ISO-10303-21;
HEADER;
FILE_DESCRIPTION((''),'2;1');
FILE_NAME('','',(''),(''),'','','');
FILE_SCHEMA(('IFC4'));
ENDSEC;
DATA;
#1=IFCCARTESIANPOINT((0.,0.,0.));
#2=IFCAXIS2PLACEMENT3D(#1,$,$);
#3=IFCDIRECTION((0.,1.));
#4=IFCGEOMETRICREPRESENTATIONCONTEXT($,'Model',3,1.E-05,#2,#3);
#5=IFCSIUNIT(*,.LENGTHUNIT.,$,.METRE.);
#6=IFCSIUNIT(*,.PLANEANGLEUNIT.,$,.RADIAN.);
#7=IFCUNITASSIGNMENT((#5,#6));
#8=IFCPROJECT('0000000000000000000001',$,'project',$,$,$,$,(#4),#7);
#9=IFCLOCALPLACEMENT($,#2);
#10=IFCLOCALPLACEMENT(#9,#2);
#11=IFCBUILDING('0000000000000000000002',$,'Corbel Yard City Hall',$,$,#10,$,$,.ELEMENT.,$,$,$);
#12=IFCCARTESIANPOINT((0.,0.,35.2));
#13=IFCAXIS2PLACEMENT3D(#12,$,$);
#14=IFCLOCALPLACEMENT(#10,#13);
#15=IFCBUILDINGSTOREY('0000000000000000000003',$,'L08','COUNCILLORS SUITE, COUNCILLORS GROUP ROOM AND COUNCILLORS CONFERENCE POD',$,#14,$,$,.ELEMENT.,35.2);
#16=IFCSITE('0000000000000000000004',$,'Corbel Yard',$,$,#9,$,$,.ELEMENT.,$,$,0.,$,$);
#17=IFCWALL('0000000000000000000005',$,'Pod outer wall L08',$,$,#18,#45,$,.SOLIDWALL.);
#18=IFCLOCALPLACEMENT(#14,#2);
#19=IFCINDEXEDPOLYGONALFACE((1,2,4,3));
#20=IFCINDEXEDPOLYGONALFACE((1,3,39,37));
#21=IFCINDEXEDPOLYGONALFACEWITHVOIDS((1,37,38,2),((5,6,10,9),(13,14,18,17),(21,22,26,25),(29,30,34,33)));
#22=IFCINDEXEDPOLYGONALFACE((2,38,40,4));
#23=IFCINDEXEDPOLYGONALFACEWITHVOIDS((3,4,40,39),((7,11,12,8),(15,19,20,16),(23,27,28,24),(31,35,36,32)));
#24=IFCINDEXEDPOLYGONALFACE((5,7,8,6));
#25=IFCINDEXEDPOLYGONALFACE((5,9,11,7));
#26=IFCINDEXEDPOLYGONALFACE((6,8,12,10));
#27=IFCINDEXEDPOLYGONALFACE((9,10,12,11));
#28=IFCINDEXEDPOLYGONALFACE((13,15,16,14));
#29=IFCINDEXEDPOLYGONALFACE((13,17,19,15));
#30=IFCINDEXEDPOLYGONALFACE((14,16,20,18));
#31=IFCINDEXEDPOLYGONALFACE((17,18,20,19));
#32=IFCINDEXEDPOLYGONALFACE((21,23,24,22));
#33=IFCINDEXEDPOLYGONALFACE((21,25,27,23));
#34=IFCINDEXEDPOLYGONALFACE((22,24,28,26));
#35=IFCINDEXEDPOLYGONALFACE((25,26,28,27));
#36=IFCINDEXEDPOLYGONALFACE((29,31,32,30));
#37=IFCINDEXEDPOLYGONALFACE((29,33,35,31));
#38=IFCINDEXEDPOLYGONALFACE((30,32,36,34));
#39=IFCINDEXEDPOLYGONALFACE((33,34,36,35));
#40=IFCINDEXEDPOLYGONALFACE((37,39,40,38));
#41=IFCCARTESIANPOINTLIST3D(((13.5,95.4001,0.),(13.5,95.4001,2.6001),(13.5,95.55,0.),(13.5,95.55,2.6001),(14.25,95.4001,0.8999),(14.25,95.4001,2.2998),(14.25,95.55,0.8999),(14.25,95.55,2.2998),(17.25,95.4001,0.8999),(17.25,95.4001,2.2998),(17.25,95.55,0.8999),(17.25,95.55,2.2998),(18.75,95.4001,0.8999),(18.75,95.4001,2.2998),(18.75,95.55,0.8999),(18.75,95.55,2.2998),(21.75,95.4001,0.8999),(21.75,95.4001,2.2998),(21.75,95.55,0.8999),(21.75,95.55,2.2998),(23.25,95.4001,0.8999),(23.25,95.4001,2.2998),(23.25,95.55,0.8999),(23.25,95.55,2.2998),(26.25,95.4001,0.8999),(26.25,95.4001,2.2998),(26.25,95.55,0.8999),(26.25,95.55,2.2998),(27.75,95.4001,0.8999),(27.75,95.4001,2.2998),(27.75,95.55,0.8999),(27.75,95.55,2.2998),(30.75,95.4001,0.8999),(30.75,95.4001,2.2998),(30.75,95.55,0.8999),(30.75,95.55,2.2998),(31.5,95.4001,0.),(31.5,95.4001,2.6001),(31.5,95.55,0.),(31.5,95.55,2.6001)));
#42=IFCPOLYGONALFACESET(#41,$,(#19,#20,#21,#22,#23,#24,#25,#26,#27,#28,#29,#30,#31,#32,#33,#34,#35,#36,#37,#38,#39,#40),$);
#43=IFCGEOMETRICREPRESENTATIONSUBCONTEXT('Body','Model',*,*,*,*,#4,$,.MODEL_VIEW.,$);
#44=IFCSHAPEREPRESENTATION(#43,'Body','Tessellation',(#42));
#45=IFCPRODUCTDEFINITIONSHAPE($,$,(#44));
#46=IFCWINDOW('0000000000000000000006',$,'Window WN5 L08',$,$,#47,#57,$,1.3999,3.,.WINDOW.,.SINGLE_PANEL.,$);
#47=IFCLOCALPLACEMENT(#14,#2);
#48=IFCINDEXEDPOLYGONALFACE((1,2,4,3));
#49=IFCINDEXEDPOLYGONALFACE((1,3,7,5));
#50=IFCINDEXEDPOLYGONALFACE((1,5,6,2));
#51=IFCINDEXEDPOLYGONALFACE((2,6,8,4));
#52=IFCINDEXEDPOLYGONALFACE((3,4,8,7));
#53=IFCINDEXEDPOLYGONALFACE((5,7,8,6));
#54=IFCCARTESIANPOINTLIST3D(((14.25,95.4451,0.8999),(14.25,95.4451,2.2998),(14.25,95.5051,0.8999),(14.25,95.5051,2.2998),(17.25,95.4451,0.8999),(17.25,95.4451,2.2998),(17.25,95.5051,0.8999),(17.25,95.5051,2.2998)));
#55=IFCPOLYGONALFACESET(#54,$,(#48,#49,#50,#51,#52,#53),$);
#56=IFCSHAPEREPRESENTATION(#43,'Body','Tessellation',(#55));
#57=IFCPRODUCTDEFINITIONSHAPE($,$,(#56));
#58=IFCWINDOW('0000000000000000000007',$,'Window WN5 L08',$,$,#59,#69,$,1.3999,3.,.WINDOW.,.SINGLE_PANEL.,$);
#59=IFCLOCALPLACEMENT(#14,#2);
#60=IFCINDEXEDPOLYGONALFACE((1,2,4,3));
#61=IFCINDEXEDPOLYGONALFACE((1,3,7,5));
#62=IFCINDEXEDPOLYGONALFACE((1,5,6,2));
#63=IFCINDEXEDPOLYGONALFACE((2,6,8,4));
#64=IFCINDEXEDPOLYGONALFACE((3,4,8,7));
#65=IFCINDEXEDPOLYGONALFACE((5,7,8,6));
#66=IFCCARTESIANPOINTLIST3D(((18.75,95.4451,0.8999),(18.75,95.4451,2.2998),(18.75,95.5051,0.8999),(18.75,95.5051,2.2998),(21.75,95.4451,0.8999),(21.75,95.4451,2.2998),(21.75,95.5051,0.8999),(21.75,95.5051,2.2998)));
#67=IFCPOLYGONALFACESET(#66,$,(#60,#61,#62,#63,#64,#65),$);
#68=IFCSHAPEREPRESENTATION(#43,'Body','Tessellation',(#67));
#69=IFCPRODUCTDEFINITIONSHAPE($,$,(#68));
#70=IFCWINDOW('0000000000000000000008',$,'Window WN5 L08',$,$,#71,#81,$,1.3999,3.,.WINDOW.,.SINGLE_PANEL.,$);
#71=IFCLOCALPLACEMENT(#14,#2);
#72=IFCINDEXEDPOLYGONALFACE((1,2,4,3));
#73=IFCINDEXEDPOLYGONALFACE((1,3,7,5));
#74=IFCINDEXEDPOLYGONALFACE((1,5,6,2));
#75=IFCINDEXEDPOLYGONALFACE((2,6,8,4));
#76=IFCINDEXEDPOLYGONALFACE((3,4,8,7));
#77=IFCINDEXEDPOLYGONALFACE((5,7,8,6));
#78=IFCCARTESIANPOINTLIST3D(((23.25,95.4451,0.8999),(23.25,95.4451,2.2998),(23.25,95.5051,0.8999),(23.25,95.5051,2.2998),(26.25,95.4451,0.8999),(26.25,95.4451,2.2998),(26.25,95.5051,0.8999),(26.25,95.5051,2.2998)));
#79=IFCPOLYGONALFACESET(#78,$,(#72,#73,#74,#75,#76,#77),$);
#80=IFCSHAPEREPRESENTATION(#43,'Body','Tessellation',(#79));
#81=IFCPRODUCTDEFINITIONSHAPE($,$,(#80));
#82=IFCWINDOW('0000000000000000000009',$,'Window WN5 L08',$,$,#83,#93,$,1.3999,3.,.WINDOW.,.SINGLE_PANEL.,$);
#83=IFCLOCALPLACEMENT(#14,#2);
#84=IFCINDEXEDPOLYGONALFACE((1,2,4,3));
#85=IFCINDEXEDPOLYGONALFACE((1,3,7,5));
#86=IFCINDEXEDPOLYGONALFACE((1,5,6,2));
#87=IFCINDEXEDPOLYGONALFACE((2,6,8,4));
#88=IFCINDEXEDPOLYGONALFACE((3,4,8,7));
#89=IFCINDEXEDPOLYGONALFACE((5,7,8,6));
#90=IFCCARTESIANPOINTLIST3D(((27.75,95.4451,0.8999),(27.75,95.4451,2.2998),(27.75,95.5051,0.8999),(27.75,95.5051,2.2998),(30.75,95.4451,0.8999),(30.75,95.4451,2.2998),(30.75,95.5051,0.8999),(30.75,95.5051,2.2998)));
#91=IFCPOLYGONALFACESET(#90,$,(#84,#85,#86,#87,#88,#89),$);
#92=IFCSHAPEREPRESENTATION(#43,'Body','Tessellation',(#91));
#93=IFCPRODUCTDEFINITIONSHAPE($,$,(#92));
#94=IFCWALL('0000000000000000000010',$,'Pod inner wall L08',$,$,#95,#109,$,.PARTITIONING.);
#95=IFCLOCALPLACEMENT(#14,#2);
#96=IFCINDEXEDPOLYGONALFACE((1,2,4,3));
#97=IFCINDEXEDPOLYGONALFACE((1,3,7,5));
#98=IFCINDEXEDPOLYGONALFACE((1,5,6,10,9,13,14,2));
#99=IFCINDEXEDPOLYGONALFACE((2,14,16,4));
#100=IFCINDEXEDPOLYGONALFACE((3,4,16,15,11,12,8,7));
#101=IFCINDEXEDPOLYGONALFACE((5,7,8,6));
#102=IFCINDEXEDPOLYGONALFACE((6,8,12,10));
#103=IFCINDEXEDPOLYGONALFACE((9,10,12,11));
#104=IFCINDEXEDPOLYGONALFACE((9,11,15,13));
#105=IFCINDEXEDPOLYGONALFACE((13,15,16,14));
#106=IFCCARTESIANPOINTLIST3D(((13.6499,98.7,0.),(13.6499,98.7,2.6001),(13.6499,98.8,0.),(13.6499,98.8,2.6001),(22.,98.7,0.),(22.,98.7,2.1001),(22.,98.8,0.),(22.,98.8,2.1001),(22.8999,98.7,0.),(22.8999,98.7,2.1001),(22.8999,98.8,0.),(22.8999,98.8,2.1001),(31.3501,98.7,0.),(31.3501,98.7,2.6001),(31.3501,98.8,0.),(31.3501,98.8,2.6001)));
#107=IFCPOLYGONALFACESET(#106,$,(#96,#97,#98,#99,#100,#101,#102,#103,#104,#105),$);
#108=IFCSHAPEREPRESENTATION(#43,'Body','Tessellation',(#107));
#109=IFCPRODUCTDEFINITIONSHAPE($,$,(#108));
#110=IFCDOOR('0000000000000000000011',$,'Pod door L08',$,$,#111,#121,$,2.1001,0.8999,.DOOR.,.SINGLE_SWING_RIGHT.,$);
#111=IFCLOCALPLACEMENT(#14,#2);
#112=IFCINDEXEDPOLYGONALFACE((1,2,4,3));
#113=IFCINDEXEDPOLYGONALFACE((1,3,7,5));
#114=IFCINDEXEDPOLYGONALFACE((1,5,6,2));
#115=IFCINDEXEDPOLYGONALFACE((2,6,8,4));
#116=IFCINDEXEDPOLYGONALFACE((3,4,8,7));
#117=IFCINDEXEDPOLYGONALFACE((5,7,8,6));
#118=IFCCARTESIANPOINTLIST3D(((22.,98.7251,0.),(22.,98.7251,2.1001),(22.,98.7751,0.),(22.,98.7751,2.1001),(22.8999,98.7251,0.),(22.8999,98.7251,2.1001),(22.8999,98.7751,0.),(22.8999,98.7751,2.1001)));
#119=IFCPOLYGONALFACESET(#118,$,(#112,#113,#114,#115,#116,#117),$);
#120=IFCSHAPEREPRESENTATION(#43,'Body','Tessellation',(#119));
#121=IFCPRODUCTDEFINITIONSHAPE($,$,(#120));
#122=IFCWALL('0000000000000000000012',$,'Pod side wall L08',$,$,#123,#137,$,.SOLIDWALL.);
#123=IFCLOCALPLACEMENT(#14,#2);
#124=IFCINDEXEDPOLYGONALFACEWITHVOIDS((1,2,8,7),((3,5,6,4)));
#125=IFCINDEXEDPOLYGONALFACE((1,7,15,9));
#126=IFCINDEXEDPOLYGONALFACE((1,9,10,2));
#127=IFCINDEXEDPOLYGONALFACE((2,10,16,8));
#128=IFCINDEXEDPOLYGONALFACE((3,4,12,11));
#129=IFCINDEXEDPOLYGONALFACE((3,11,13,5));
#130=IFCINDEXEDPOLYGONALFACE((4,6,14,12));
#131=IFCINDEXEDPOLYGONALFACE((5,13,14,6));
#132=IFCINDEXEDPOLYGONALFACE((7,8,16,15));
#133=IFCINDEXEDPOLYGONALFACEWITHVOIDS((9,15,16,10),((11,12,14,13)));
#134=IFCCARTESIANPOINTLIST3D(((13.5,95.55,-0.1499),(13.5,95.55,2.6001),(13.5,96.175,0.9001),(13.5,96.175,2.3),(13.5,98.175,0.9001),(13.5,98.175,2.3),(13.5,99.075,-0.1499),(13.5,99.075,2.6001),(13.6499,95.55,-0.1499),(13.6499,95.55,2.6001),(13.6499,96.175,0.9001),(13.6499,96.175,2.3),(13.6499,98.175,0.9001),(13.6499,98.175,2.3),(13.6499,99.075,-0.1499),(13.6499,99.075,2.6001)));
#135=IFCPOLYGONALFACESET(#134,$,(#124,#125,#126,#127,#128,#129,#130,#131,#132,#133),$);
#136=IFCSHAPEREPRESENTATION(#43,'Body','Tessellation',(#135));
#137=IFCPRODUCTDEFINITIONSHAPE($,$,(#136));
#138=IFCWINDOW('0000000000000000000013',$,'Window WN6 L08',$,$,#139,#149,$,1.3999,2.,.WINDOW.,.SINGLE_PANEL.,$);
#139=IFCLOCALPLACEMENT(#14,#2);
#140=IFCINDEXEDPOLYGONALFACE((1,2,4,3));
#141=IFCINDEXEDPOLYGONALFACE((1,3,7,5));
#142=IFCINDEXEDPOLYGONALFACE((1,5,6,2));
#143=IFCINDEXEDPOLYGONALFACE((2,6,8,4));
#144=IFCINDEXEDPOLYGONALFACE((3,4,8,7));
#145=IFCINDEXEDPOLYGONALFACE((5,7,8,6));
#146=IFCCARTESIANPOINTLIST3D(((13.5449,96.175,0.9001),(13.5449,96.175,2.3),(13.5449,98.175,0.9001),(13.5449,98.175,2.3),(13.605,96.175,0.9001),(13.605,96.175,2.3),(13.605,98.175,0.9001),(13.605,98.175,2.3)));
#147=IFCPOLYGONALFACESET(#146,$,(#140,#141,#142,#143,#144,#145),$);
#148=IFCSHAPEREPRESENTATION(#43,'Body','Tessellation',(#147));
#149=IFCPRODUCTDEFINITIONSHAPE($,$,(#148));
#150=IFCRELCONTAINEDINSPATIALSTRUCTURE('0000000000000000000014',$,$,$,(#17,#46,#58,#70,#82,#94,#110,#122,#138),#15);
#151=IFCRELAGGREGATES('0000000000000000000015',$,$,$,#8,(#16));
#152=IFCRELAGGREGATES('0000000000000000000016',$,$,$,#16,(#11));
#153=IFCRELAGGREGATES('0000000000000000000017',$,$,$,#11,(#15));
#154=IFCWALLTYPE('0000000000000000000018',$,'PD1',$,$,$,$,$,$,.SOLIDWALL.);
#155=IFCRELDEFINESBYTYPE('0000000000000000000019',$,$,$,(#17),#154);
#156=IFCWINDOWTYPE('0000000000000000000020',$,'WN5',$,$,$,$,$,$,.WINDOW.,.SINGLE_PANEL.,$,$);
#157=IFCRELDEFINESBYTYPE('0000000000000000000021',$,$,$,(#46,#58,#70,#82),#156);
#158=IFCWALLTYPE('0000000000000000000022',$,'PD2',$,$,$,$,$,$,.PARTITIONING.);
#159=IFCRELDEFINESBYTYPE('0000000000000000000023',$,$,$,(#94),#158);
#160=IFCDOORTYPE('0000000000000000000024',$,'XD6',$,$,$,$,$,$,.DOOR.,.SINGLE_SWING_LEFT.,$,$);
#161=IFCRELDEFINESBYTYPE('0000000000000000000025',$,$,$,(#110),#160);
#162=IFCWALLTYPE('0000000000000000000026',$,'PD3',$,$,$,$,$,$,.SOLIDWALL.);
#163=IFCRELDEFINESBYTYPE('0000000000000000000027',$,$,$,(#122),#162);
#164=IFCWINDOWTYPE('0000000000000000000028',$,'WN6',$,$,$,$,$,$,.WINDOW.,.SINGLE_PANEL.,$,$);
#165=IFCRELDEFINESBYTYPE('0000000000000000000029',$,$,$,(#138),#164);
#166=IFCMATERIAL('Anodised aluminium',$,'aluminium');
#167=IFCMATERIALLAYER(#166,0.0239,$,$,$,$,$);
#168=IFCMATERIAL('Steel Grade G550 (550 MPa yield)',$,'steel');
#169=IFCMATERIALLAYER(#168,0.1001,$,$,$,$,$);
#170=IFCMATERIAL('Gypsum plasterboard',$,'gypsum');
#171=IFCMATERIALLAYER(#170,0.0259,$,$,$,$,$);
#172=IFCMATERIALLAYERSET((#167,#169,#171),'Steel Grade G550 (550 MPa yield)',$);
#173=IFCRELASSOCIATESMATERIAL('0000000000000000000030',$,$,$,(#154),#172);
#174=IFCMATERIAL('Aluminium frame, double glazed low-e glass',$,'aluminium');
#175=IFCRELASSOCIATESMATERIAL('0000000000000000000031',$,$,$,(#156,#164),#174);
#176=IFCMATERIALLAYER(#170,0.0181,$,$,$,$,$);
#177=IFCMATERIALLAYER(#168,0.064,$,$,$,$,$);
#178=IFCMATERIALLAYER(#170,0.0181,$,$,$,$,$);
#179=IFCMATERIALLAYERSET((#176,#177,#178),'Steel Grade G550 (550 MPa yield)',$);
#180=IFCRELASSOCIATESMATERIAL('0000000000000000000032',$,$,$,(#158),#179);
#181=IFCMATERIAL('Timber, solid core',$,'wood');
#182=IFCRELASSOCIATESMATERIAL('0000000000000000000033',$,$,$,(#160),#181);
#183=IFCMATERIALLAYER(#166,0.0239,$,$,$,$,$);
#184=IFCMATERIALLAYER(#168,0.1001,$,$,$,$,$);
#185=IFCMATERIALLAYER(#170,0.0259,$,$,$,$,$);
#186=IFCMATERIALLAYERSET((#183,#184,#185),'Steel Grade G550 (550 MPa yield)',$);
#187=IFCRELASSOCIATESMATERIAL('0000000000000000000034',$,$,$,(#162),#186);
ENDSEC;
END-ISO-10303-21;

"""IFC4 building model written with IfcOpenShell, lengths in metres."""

from ifc_helpers import new_model, si_unit, direction, frame, frame_2d, origin, place, context, subcontext, project, spatial, rectangle, extrude, material, layer, layer_set, type_object, element, fill, save


model = new_model("IFC4")

# Units and contexts
model_context = context("Model", 3, precision=1e-05, world=origin(), true_north=direction((0.0, 1.0)))
body_context = subcontext(model_context, "Body", "Model", "MODEL_VIEW")
ifc_project = project(units=[si_unit("LENGTHUNIT", "METRE"), si_unit("PLANEANGLEUNIT", "RADIAN")], contexts=[model_context])

# Site, building, storey
site_placement = place(None, origin())
site = spatial("IfcSite", under=ifc_project, at=site_placement, Name="Corbel Yard", CompositionType="ELEMENT", RefElevation=0.0)
building_placement = place(site_placement, origin())
building = spatial("IfcBuilding", under=site, at=building_placement, Name="Corbel Yard City Hall", CompositionType="ELEMENT")
storey_placement = place(building_placement, frame((0.0, 0.0, 35.2)))
storey = spatial("IfcBuildingStorey", under=building, at=storey_placement, Name="L08", Description="COUNCILLORS SUITE, COUNCILLORS GROUP ROOM AND COUNCILLORS CONFERENCE POD", CompositionType="ELEMENT", Elevation=35.2)

# Wall, openings, windows
ifc_material_1 = material(Name="Anodised aluminium", Category="aluminium")
ifc_layer_1 = layer(ifc_material_1, 0.0239)
ifc_material_2 = material(Name="Steel Grade G550 (550 MPa yield)", Category="steel")
ifc_layer_2 = layer(ifc_material_2, 0.1001)
ifc_material_3 = material(Name="Gypsum plasterboard", Category="gypsum")
ifc_layer_3 = layer(ifc_material_3, 0.0259)
ifc_layer_set_1 = layer_set([ifc_layer_1, ifc_layer_2, ifc_layer_3], Name="Steel Grade G550 (550 MPa yield)")
wall_type_1 = type_object("IfcWallType", Name="PD1", PredefinedType="SOLIDWALL", material=ifc_layer_set_1)
wall_1_placement = place(storey_placement, frame((13.5, 95.4751, 0.0), z_axis=(0.0, 0.0, 1.0), x_axis=(1.0, 0.0, 0.0)))
wall_1 = element("IfcWall", 1, at=wall_1_placement, inside=storey, type_object=wall_type_1, Name="Pod outer wall L08", PredefinedType="SOLIDWALL", context=body_context, shape_type="SweptSolid", body=[
    extrude(rectangle(XDim=18.0, YDim=0.1499, at=frame_2d((9.0, 0.0))), origin(), (0.0, 0.0, 1.0), 2.6001),
])
opening_1_placement = place(wall_1_placement, frame((0.75, 0.0, 0.8999)))
opening_1 = element("IfcOpeningElement", 2, at=opening_1_placement, cuts=wall_1, PredefinedType="OPENING", context=body_context, shape_type="SweptSolid", body=[
    extrude(rectangle(XDim=3.0, YDim=1.3999, at=frame_2d((1.5, 0.7))), frame((0.0, 0.085, 0.0), z_axis=(0.0, -1.0, 0.0), x_axis=(1.0, 0.0, 0.0)), (0.0, 0.0, 1.0), 0.1699),
])
opening_2_placement = place(wall_1_placement, frame((5.25, 0.0, 0.8999)))
opening_2 = element("IfcOpeningElement", 3, at=opening_2_placement, cuts=wall_1, PredefinedType="OPENING", context=body_context, shape_type="SweptSolid", body=[
    extrude(rectangle(XDim=3.0, YDim=1.3999, at=frame_2d((1.5, 0.7))), frame((0.0, 0.085, 0.0), z_axis=(0.0, -1.0, 0.0), x_axis=(1.0, 0.0, 0.0)), (0.0, 0.0, 1.0), 0.1699),
])
opening_3_placement = place(wall_1_placement, frame((9.75, 0.0, 0.8999)))
opening_3 = element("IfcOpeningElement", 4, at=opening_3_placement, cuts=wall_1, PredefinedType="OPENING", context=body_context, shape_type="SweptSolid", body=[
    extrude(rectangle(XDim=3.0, YDim=1.3999, at=frame_2d((1.5, 0.7))), frame((0.0, 0.085, 0.0), z_axis=(0.0, -1.0, 0.0), x_axis=(1.0, 0.0, 0.0)), (0.0, 0.0, 1.0), 0.1699),
])
opening_4_placement = place(wall_1_placement, frame((14.25, 0.0, 0.8999)))
opening_4 = element("IfcOpeningElement", 5, at=opening_4_placement, cuts=wall_1, PredefinedType="OPENING", context=body_context, shape_type="SweptSolid", body=[
    extrude(rectangle(XDim=3.0, YDim=1.3999, at=frame_2d((1.5, 0.7))), frame((0.0, 0.085, 0.0), z_axis=(0.0, -1.0, 0.0), x_axis=(1.0, 0.0, 0.0)), (0.0, 0.0, 1.0), 0.1699),
])
ifc_material_4 = material(Name="Aluminium frame, double glazed low-e glass", Category="aluminium")
window_type_1 = type_object("IfcWindowType", Name="WN5", PartitioningType="SINGLE_PANEL", PredefinedType="WINDOW", material=ifc_material_4)
window_1_placement = place(opening_1_placement, origin())
window_1 = element("IfcWindow", 6, at=window_1_placement, inside=storey, type_object=window_type_1, Name="Window WN5 L08", OverallHeight=1.3999, OverallWidth=3.0, PartitioningType="SINGLE_PANEL", PredefinedType="WINDOW", context=body_context, shape_type="SweptSolid", body=[
    extrude(rectangle(XDim=3.0, YDim=1.3999, at=frame_2d((1.5, 0.7))), frame((0.0, 0.03, 0.0), z_axis=(0.0, -1.0, 0.0), x_axis=(1.0, 0.0, 0.0)), (0.0, 0.0, 1.0), 0.0601),
])
fill(opening_1, window_1)
window_2_placement = place(opening_2_placement, origin())
window_2 = element("IfcWindow", 7, at=window_2_placement, inside=storey, type_object=window_type_1, Name="Window WN5 L08", OverallHeight=1.3999, OverallWidth=3.0, PartitioningType="SINGLE_PANEL", PredefinedType="WINDOW", context=body_context, shape_type="SweptSolid", body=[
    extrude(rectangle(XDim=3.0, YDim=1.3999, at=frame_2d((1.5, 0.7))), frame((0.0, 0.03, 0.0), z_axis=(0.0, -1.0, 0.0), x_axis=(1.0, 0.0, 0.0)), (0.0, 0.0, 1.0), 0.0601),
])
fill(opening_2, window_2)
window_3_placement = place(opening_3_placement, origin())
window_3 = element("IfcWindow", 8, at=window_3_placement, inside=storey, type_object=window_type_1, Name="Window WN5 L08", OverallHeight=1.3999, OverallWidth=3.0, PartitioningType="SINGLE_PANEL", PredefinedType="WINDOW", context=body_context, shape_type="SweptSolid", body=[
    extrude(rectangle(XDim=3.0, YDim=1.3999, at=frame_2d((1.5, 0.7))), frame((0.0, 0.03, 0.0), z_axis=(0.0, -1.0, 0.0), x_axis=(1.0, 0.0, 0.0)), (0.0, 0.0, 1.0), 0.0601),
])
fill(opening_3, window_3)
window_4_placement = place(opening_4_placement, origin())
window_4 = element("IfcWindow", 9, at=window_4_placement, inside=storey, type_object=window_type_1, Name="Window WN5 L08", OverallHeight=1.3999, OverallWidth=3.0, PartitioningType="SINGLE_PANEL", PredefinedType="WINDOW", context=body_context, shape_type="SweptSolid", body=[
    extrude(rectangle(XDim=3.0, YDim=1.3999, at=frame_2d((1.5, 0.7))), frame((0.0, 0.03, 0.0), z_axis=(0.0, -1.0, 0.0), x_axis=(1.0, 0.0, 0.0)), (0.0, 0.0, 1.0), 0.0601),
])
fill(opening_4, window_4)

# Wall, opening, door
ifc_layer_4 = layer(ifc_material_3, 0.0181)
ifc_layer_5 = layer(ifc_material_2, 0.064)
ifc_layer_6 = layer(ifc_material_3, 0.0181)
ifc_layer_set_2 = layer_set([ifc_layer_4, ifc_layer_5, ifc_layer_6], Name="Steel Grade G550 (550 MPa yield)")
wall_type_2 = type_object("IfcWallType", Name="PD2", PredefinedType="PARTITIONING", material=ifc_layer_set_2)
wall_2_placement = place(storey_placement, frame((13.6499, 98.75, 0.0), z_axis=(0.0, 0.0, 1.0), x_axis=(1.0, 0.0, 0.0)))
wall_2 = element("IfcWall", 10, at=wall_2_placement, inside=storey, type_object=wall_type_2, Name="Pod inner wall L08", PredefinedType="PARTITIONING", context=body_context, shape_type="SweptSolid", body=[
    extrude(rectangle(XDim=17.7002, YDim=0.1001, at=frame_2d((8.8501, 0.0))), origin(), (0.0, 0.0, 1.0), 2.6001),
])
opening_5_placement = place(wall_2_placement, frame((8.3501, 0.0, 0.0)))
opening_5 = element("IfcOpeningElement", 11, at=opening_5_placement, cuts=wall_2, PredefinedType="OPENING", context=body_context, shape_type="SweptSolid", body=[
    extrude(rectangle(XDim=0.8999, YDim=2.1001, at=frame_2d((0.45, 1.05))), frame((0.0, 0.0601, 0.0), z_axis=(0.0, -1.0, 0.0), x_axis=(1.0, 0.0, 0.0)), (0.0, 0.0, 1.0), 0.1201),
])
ifc_material_5 = material(Name="Timber, solid core", Category="wood")
door_type_1 = type_object("IfcDoorType", Name="XD6", OperationType="SINGLE_SWING_LEFT", PredefinedType="DOOR", material=ifc_material_5)
door_1_placement = place(opening_5_placement, frame((0.8999, 0.0, 0.0), z_axis=(0.0, 0.0, 1.0), x_axis=(-1.0, 0.0, 0.0)))
door_1 = element("IfcDoor", 12, at=door_1_placement, inside=storey, type_object=door_type_1, Name="Pod door L08", OperationType="SINGLE_SWING_RIGHT", OverallHeight=2.1001, OverallWidth=0.8999, PredefinedType="DOOR", context=body_context, shape_type="SweptSolid", body=[
    extrude(rectangle(XDim=0.8999, YDim=2.1001, at=frame_2d((0.45, 1.05))), frame((0.0, 0.0249, 0.0), z_axis=(0.0, -1.0, 0.0), x_axis=(1.0, 0.0, 0.0)), (0.0, 0.0, 1.0), 0.05),
])
fill(opening_5, door_1)

# Wall, opening, window
ifc_layer_7 = layer(ifc_material_1, 0.0239)
ifc_layer_8 = layer(ifc_material_2, 0.1001)
ifc_layer_9 = layer(ifc_material_3, 0.0259)
ifc_layer_set_3 = layer_set([ifc_layer_7, ifc_layer_8, ifc_layer_9], Name="Steel Grade G550 (550 MPa yield)")
wall_type_3 = type_object("IfcWallType", Name="PD3", PredefinedType="SOLIDWALL", material=ifc_layer_set_3)
wall_3_placement = place(storey_placement, frame((13.575, 95.55, -0.1499), z_axis=(0.0, 0.0, 1.0), x_axis=(0.0, 1.0, 0.0)))
wall_3 = element("IfcWall", 13, at=wall_3_placement, inside=storey, type_object=wall_type_3, Name="Pod side wall L08", PredefinedType="SOLIDWALL", context=body_context, shape_type="SweptSolid", body=[
    extrude(rectangle(XDim=3.5249, YDim=0.1499, at=frame_2d((1.7625, 0.0))), origin(), (0.0, 0.0, 1.0), 2.75),
])
opening_6_placement = place(wall_3_placement, frame((0.625, 0.0, 1.05)))
opening_6 = element("IfcOpeningElement", 14, at=opening_6_placement, cuts=wall_3, PredefinedType="OPENING", context=body_context, shape_type="SweptSolid", body=[
    extrude(rectangle(XDim=2.0, YDim=1.3999, at=frame_2d((1.0, 0.7))), frame((0.0, 0.085, 0.0), z_axis=(0.0, -1.0, 0.0), x_axis=(1.0, 0.0, 0.0)), (0.0, 0.0, 1.0), 0.1699),
])
window_type_2 = type_object("IfcWindowType", Name="WN6", PartitioningType="SINGLE_PANEL", PredefinedType="WINDOW", material=ifc_material_4)
window_5_placement = place(opening_6_placement, origin())
window_5 = element("IfcWindow", 15, at=window_5_placement, inside=storey, type_object=window_type_2, Name="Window WN6 L08", OverallHeight=1.3999, OverallWidth=2.0, PartitioningType="SINGLE_PANEL", PredefinedType="WINDOW", context=body_context, shape_type="SweptSolid", body=[
    extrude(rectangle(XDim=2.0, YDim=1.3999, at=frame_2d((1.0, 0.7))), frame((0.0, 0.03, 0.0), z_axis=(0.0, -1.0, 0.0), x_axis=(1.0, 0.0, 0.0)), (0.0, 0.0, 1.0), 0.0601),
])
fill(opening_6, window_5)

save(model, "model.ifc")
